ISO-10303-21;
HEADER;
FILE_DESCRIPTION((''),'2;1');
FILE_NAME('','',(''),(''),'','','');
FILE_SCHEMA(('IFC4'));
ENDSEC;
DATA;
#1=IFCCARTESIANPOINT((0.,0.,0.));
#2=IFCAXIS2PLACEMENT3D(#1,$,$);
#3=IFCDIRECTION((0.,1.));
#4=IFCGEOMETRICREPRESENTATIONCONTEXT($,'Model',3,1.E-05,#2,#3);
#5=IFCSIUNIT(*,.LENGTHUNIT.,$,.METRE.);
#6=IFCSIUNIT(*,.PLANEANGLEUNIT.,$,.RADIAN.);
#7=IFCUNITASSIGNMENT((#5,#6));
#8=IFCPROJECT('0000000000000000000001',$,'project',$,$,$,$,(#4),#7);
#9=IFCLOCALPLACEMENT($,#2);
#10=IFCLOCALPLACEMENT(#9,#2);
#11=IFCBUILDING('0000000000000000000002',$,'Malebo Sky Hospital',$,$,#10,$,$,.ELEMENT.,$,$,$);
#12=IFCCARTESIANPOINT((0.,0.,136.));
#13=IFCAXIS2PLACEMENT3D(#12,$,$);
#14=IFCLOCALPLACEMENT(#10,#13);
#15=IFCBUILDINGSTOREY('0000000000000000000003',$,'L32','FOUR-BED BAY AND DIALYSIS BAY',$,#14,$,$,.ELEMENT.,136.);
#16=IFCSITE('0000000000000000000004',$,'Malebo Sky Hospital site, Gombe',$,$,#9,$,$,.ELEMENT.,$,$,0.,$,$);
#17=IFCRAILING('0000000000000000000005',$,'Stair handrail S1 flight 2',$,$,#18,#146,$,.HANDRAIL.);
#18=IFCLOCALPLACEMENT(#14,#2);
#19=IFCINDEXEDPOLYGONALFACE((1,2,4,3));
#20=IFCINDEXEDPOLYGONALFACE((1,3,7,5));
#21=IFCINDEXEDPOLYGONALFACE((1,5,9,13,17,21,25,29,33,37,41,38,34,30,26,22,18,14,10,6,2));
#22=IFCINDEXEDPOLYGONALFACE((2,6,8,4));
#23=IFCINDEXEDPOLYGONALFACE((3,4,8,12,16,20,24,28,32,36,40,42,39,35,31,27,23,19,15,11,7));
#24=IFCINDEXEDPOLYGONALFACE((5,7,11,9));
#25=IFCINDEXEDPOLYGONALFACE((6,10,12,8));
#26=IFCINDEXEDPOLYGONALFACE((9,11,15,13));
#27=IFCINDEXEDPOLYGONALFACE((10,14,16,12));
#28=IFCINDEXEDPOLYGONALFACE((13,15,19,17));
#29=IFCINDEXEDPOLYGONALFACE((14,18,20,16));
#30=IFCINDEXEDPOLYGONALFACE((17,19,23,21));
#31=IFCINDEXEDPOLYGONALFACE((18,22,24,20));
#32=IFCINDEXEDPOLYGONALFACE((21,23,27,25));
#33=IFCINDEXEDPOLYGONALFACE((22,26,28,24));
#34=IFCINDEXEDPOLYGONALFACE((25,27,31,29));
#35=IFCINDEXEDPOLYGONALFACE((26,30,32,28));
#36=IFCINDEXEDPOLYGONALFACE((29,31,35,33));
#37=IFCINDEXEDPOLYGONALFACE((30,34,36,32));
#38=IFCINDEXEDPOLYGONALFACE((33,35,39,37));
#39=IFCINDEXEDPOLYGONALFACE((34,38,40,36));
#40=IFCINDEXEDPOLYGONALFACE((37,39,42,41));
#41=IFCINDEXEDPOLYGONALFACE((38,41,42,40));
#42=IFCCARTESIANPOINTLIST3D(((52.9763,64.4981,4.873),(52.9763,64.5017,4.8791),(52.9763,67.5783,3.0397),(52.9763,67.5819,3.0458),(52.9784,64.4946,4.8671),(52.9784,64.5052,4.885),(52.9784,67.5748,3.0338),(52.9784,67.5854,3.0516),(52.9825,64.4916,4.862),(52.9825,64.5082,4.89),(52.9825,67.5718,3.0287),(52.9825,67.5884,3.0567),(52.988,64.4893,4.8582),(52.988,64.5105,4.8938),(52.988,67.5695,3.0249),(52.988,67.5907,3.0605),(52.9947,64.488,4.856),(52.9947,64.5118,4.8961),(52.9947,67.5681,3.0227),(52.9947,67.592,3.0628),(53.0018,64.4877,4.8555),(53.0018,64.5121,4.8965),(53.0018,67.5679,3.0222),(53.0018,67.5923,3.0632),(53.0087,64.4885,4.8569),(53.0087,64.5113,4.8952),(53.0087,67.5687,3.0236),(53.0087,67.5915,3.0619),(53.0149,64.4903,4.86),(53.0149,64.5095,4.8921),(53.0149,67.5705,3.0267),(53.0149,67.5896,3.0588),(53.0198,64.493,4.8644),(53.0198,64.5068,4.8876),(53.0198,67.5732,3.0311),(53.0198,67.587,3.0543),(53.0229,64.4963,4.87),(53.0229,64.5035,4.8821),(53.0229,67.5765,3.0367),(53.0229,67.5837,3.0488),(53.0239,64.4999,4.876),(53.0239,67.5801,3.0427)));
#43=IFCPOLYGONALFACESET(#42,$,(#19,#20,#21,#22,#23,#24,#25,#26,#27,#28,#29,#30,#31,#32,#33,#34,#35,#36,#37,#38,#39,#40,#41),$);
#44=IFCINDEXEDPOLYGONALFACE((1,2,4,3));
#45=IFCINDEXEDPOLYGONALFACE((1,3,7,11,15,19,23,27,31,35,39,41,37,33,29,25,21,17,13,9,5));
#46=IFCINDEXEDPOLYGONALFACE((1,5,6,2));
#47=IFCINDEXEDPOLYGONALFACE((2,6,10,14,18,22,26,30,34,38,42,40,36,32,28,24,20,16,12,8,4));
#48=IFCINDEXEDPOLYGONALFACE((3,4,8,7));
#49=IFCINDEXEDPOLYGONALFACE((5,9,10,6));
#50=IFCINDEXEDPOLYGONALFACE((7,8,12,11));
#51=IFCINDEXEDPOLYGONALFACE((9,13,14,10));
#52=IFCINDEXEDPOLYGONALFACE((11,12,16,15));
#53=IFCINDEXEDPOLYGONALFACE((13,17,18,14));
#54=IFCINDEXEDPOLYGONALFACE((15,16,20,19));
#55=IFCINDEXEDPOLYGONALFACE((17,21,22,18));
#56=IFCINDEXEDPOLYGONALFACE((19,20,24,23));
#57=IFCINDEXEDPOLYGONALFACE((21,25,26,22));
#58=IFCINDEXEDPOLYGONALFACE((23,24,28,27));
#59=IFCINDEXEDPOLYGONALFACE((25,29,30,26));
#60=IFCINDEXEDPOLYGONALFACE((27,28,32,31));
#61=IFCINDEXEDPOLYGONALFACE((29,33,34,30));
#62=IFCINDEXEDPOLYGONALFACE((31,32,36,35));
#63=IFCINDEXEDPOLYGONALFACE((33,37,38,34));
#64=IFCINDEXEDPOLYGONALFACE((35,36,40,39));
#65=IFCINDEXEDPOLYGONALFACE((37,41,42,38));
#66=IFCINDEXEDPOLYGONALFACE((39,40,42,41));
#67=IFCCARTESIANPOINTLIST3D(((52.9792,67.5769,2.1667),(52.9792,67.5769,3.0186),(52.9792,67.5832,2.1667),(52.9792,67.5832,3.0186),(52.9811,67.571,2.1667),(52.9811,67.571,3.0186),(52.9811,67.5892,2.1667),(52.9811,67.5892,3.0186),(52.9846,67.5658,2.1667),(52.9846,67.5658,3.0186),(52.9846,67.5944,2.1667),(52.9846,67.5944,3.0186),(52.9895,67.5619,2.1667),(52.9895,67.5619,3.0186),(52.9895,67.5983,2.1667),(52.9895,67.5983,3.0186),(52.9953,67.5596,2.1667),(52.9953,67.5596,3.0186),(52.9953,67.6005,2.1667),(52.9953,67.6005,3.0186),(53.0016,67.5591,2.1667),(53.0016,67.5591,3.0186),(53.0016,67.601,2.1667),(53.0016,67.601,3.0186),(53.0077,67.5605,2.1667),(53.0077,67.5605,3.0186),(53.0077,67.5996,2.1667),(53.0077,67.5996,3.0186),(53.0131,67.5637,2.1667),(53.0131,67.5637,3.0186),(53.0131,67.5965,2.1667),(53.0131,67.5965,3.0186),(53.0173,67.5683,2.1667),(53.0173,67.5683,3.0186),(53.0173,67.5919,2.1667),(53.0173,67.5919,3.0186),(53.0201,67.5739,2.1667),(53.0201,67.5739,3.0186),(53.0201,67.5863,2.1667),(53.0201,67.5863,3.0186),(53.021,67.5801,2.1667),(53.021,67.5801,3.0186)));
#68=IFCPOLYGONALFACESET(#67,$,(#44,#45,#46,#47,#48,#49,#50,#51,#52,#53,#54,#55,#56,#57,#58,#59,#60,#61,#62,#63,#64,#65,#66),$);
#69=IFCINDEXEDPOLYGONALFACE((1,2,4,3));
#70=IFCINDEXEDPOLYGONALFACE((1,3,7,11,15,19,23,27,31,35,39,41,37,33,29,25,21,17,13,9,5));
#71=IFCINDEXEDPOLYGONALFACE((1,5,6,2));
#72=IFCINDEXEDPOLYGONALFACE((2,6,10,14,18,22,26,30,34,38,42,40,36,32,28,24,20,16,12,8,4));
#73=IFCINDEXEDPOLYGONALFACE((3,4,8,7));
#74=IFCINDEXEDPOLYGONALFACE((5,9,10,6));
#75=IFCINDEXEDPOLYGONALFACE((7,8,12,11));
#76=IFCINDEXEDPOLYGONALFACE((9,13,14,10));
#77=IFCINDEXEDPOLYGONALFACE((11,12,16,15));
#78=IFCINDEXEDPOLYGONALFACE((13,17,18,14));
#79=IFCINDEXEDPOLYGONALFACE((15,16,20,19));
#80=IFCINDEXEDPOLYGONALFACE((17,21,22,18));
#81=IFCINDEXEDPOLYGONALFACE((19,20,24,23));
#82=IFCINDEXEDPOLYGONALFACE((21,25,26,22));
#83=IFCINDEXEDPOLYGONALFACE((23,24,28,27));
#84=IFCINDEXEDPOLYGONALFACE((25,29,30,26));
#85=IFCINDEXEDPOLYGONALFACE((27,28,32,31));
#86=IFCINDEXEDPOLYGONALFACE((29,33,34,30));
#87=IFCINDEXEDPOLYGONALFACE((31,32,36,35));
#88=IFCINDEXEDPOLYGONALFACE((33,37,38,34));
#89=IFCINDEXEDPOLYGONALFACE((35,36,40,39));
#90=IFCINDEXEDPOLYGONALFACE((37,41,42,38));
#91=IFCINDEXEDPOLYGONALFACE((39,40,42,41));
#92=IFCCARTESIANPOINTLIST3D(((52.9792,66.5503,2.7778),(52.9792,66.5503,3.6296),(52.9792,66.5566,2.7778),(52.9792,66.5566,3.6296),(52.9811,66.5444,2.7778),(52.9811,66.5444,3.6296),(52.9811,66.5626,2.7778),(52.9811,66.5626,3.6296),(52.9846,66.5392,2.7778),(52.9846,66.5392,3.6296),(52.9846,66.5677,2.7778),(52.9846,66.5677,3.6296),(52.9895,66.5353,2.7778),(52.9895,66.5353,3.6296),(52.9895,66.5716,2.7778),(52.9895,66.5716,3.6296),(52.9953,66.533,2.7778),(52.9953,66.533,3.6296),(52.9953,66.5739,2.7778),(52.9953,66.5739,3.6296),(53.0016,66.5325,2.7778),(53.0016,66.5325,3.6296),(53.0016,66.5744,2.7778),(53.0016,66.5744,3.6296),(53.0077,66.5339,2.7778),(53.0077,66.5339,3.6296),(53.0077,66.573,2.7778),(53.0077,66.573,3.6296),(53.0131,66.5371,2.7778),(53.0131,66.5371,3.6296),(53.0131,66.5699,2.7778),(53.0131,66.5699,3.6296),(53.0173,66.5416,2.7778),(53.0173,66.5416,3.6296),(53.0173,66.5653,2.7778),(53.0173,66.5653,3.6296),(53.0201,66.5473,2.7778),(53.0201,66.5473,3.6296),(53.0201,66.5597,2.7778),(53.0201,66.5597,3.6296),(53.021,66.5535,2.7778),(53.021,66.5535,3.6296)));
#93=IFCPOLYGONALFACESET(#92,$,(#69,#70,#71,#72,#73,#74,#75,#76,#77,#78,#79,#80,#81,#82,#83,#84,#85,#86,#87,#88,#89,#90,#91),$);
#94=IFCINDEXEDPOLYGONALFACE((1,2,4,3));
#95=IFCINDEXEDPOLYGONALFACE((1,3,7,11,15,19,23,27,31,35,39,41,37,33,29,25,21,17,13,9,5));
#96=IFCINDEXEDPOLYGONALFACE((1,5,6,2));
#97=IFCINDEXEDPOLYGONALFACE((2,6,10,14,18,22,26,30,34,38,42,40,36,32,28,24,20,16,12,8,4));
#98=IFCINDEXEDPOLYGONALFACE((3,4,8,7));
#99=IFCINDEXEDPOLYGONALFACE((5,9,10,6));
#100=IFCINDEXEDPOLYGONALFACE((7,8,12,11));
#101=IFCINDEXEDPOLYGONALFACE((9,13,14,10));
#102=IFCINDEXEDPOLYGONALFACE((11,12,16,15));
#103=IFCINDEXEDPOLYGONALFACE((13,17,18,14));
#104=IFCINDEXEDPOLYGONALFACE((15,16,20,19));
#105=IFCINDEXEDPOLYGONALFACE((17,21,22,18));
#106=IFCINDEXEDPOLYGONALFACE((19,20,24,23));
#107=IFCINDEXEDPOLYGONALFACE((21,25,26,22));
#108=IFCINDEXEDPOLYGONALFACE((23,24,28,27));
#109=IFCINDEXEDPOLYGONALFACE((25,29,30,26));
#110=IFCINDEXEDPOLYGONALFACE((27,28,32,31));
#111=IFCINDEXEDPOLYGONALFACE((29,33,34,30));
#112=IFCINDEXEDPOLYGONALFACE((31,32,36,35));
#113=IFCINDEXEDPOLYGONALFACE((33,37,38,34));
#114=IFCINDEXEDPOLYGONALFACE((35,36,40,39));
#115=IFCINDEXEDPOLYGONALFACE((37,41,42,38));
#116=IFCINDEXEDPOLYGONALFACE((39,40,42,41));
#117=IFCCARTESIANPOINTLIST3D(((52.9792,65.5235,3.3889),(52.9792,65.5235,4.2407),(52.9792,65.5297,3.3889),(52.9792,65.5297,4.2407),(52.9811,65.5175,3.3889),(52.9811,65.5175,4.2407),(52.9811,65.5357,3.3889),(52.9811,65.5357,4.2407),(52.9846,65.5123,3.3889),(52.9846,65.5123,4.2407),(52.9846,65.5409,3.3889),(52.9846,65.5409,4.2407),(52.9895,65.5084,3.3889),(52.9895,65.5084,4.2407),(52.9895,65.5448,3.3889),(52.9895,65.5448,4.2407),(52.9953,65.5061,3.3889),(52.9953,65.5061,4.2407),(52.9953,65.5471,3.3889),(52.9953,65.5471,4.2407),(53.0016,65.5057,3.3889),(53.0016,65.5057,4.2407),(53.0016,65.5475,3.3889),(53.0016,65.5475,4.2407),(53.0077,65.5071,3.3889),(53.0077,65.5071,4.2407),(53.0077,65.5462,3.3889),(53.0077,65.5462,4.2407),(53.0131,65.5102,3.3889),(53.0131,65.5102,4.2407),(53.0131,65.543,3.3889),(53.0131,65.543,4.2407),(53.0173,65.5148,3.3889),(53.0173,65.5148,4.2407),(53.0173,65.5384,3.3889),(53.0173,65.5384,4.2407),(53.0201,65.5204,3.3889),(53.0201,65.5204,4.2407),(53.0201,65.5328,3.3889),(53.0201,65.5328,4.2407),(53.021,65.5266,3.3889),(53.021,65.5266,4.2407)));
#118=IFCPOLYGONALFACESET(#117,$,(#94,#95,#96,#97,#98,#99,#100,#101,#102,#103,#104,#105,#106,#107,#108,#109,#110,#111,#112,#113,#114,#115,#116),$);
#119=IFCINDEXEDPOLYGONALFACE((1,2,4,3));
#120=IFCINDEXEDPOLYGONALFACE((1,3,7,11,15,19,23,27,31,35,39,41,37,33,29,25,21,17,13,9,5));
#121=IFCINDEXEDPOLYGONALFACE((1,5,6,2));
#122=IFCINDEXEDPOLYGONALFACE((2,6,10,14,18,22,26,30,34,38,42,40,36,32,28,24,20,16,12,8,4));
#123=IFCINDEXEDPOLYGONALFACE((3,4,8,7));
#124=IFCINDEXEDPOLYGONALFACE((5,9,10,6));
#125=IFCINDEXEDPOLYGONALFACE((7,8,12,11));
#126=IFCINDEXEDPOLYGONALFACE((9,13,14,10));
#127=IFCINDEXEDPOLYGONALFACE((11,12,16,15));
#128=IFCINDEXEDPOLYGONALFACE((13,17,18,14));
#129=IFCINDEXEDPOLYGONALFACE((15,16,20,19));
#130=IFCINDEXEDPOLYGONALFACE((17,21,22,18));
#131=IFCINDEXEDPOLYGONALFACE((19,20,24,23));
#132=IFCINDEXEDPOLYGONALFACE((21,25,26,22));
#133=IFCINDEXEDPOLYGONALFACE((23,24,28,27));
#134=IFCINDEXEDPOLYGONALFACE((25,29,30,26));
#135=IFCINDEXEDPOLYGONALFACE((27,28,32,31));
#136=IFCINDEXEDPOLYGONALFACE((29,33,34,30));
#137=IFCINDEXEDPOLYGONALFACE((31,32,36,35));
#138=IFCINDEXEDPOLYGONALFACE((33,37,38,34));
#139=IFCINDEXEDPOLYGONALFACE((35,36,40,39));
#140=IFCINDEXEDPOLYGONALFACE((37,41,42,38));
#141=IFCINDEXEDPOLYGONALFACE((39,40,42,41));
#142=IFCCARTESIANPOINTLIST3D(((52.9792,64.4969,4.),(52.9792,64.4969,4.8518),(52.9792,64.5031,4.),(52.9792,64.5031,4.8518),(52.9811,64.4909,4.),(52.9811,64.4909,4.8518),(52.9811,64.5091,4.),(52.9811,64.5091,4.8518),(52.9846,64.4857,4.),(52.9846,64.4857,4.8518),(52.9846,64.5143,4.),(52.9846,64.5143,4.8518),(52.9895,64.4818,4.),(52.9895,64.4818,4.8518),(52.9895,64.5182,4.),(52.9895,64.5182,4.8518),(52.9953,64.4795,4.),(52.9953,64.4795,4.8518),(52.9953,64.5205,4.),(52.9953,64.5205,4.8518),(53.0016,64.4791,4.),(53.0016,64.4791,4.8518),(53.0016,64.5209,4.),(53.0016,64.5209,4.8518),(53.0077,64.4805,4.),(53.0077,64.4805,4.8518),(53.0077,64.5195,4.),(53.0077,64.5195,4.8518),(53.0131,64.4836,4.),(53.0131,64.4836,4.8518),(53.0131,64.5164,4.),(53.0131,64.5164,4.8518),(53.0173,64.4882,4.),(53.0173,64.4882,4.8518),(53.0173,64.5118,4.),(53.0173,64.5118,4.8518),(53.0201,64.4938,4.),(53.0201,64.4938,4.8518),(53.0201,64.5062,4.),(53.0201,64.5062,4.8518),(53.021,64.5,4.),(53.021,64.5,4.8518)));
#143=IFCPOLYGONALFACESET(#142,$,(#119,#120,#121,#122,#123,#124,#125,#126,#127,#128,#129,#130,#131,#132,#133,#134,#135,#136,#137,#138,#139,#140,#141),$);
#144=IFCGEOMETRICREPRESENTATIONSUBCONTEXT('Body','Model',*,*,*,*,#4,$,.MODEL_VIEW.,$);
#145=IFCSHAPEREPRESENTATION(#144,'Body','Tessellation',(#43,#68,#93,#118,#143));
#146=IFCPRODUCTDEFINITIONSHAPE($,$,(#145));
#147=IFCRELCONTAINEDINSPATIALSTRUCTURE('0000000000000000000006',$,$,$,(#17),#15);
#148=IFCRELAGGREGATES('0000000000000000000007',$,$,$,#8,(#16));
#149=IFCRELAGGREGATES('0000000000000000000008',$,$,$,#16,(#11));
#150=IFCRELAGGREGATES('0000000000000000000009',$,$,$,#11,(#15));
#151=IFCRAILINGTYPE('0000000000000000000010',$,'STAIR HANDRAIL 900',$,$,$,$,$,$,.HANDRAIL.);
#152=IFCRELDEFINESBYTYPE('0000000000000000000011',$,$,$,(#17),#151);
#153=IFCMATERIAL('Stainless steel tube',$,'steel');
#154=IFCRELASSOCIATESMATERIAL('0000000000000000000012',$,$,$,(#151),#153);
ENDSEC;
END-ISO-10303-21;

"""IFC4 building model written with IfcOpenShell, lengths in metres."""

from ifc_helpers import new_model, si_unit, direction, frame, origin, origin_2d, place, context, subcontext, project, spatial, circle, extrude, material, type_object, element, save


model = new_model("IFC4")

# Units and contexts
model_context = context("Model", 3, precision=1e-05, world=origin(), true_north=direction((0.0, 1.0)))
body_context = subcontext(model_context, "Body", "Model", "MODEL_VIEW")
ifc_project = project(units=[si_unit("LENGTHUNIT", "METRE"), si_unit("PLANEANGLEUNIT", "RADIAN")], contexts=[model_context])

# Site, building, storey
site_placement = place(None, origin())
site = spatial("IfcSite", under=ifc_project, at=site_placement, Name="Malebo Sky Hospital site, Gombe", CompositionType="ELEMENT", RefElevation=0.0)
building_placement = place(site_placement, origin())
building = spatial("IfcBuilding", under=site, at=building_placement, Name="Malebo Sky Hospital", CompositionType="ELEMENT")
storey_placement = place(building_placement, frame((0.0, 0.0, 136.0)))
storey = spatial("IfcBuildingStorey", under=building, at=storey_placement, Name="L32", Description="FOUR-BED BAY AND DIALYSIS BAY", CompositionType="ELEMENT", Elevation=136.0)

# Railing
ifc_material_1 = material(Name="Stainless steel tube", Category="steel")
railing_type = type_object("IfcRailingType", Name="STAIR HANDRAIL 900", PredefinedType="HANDRAIL", material=ifc_material_1)
railing_1_placement = place(storey_placement, frame((53.0, 67.5801, 2.1667)))
element("IfcRailing", 1, at=railing_1_placement, inside=storey, type_object=railing_type, Name="Stair handrail S1 flight 2", PredefinedType="HANDRAIL", context=body_context, shape_type="SweptSolid", body=[
    extrude(circle(Radius=0.0239, at=origin_2d()), frame((0.0, 0.0, 0.876), z_axis=(0.0, -0.859309, 0.511458), x_axis=(1.0, 0.0, 0.0)), (0.0, 0.0, 1.0), 3.5845),
    extrude(circle(Radius=0.021, at=origin_2d()), origin(), (0.0, 0.0, 1.0), 0.8518),
    extrude(circle(Radius=0.021, at=origin_2d()), frame((0.0, -1.0266, 0.6111)), (0.0, 0.0, 1.0), 0.8518),
    extrude(circle(Radius=0.021, at=origin_2d()), frame((0.0, -2.0535, 1.2222)), (0.0, 0.0, 1.0), 0.8518),
    extrude(circle(Radius=0.021, at=origin_2d()), frame((0.0, -3.0801, 1.8333)), (0.0, 0.0, 1.0), 0.8518),
])

save(model, "model.ifc")
